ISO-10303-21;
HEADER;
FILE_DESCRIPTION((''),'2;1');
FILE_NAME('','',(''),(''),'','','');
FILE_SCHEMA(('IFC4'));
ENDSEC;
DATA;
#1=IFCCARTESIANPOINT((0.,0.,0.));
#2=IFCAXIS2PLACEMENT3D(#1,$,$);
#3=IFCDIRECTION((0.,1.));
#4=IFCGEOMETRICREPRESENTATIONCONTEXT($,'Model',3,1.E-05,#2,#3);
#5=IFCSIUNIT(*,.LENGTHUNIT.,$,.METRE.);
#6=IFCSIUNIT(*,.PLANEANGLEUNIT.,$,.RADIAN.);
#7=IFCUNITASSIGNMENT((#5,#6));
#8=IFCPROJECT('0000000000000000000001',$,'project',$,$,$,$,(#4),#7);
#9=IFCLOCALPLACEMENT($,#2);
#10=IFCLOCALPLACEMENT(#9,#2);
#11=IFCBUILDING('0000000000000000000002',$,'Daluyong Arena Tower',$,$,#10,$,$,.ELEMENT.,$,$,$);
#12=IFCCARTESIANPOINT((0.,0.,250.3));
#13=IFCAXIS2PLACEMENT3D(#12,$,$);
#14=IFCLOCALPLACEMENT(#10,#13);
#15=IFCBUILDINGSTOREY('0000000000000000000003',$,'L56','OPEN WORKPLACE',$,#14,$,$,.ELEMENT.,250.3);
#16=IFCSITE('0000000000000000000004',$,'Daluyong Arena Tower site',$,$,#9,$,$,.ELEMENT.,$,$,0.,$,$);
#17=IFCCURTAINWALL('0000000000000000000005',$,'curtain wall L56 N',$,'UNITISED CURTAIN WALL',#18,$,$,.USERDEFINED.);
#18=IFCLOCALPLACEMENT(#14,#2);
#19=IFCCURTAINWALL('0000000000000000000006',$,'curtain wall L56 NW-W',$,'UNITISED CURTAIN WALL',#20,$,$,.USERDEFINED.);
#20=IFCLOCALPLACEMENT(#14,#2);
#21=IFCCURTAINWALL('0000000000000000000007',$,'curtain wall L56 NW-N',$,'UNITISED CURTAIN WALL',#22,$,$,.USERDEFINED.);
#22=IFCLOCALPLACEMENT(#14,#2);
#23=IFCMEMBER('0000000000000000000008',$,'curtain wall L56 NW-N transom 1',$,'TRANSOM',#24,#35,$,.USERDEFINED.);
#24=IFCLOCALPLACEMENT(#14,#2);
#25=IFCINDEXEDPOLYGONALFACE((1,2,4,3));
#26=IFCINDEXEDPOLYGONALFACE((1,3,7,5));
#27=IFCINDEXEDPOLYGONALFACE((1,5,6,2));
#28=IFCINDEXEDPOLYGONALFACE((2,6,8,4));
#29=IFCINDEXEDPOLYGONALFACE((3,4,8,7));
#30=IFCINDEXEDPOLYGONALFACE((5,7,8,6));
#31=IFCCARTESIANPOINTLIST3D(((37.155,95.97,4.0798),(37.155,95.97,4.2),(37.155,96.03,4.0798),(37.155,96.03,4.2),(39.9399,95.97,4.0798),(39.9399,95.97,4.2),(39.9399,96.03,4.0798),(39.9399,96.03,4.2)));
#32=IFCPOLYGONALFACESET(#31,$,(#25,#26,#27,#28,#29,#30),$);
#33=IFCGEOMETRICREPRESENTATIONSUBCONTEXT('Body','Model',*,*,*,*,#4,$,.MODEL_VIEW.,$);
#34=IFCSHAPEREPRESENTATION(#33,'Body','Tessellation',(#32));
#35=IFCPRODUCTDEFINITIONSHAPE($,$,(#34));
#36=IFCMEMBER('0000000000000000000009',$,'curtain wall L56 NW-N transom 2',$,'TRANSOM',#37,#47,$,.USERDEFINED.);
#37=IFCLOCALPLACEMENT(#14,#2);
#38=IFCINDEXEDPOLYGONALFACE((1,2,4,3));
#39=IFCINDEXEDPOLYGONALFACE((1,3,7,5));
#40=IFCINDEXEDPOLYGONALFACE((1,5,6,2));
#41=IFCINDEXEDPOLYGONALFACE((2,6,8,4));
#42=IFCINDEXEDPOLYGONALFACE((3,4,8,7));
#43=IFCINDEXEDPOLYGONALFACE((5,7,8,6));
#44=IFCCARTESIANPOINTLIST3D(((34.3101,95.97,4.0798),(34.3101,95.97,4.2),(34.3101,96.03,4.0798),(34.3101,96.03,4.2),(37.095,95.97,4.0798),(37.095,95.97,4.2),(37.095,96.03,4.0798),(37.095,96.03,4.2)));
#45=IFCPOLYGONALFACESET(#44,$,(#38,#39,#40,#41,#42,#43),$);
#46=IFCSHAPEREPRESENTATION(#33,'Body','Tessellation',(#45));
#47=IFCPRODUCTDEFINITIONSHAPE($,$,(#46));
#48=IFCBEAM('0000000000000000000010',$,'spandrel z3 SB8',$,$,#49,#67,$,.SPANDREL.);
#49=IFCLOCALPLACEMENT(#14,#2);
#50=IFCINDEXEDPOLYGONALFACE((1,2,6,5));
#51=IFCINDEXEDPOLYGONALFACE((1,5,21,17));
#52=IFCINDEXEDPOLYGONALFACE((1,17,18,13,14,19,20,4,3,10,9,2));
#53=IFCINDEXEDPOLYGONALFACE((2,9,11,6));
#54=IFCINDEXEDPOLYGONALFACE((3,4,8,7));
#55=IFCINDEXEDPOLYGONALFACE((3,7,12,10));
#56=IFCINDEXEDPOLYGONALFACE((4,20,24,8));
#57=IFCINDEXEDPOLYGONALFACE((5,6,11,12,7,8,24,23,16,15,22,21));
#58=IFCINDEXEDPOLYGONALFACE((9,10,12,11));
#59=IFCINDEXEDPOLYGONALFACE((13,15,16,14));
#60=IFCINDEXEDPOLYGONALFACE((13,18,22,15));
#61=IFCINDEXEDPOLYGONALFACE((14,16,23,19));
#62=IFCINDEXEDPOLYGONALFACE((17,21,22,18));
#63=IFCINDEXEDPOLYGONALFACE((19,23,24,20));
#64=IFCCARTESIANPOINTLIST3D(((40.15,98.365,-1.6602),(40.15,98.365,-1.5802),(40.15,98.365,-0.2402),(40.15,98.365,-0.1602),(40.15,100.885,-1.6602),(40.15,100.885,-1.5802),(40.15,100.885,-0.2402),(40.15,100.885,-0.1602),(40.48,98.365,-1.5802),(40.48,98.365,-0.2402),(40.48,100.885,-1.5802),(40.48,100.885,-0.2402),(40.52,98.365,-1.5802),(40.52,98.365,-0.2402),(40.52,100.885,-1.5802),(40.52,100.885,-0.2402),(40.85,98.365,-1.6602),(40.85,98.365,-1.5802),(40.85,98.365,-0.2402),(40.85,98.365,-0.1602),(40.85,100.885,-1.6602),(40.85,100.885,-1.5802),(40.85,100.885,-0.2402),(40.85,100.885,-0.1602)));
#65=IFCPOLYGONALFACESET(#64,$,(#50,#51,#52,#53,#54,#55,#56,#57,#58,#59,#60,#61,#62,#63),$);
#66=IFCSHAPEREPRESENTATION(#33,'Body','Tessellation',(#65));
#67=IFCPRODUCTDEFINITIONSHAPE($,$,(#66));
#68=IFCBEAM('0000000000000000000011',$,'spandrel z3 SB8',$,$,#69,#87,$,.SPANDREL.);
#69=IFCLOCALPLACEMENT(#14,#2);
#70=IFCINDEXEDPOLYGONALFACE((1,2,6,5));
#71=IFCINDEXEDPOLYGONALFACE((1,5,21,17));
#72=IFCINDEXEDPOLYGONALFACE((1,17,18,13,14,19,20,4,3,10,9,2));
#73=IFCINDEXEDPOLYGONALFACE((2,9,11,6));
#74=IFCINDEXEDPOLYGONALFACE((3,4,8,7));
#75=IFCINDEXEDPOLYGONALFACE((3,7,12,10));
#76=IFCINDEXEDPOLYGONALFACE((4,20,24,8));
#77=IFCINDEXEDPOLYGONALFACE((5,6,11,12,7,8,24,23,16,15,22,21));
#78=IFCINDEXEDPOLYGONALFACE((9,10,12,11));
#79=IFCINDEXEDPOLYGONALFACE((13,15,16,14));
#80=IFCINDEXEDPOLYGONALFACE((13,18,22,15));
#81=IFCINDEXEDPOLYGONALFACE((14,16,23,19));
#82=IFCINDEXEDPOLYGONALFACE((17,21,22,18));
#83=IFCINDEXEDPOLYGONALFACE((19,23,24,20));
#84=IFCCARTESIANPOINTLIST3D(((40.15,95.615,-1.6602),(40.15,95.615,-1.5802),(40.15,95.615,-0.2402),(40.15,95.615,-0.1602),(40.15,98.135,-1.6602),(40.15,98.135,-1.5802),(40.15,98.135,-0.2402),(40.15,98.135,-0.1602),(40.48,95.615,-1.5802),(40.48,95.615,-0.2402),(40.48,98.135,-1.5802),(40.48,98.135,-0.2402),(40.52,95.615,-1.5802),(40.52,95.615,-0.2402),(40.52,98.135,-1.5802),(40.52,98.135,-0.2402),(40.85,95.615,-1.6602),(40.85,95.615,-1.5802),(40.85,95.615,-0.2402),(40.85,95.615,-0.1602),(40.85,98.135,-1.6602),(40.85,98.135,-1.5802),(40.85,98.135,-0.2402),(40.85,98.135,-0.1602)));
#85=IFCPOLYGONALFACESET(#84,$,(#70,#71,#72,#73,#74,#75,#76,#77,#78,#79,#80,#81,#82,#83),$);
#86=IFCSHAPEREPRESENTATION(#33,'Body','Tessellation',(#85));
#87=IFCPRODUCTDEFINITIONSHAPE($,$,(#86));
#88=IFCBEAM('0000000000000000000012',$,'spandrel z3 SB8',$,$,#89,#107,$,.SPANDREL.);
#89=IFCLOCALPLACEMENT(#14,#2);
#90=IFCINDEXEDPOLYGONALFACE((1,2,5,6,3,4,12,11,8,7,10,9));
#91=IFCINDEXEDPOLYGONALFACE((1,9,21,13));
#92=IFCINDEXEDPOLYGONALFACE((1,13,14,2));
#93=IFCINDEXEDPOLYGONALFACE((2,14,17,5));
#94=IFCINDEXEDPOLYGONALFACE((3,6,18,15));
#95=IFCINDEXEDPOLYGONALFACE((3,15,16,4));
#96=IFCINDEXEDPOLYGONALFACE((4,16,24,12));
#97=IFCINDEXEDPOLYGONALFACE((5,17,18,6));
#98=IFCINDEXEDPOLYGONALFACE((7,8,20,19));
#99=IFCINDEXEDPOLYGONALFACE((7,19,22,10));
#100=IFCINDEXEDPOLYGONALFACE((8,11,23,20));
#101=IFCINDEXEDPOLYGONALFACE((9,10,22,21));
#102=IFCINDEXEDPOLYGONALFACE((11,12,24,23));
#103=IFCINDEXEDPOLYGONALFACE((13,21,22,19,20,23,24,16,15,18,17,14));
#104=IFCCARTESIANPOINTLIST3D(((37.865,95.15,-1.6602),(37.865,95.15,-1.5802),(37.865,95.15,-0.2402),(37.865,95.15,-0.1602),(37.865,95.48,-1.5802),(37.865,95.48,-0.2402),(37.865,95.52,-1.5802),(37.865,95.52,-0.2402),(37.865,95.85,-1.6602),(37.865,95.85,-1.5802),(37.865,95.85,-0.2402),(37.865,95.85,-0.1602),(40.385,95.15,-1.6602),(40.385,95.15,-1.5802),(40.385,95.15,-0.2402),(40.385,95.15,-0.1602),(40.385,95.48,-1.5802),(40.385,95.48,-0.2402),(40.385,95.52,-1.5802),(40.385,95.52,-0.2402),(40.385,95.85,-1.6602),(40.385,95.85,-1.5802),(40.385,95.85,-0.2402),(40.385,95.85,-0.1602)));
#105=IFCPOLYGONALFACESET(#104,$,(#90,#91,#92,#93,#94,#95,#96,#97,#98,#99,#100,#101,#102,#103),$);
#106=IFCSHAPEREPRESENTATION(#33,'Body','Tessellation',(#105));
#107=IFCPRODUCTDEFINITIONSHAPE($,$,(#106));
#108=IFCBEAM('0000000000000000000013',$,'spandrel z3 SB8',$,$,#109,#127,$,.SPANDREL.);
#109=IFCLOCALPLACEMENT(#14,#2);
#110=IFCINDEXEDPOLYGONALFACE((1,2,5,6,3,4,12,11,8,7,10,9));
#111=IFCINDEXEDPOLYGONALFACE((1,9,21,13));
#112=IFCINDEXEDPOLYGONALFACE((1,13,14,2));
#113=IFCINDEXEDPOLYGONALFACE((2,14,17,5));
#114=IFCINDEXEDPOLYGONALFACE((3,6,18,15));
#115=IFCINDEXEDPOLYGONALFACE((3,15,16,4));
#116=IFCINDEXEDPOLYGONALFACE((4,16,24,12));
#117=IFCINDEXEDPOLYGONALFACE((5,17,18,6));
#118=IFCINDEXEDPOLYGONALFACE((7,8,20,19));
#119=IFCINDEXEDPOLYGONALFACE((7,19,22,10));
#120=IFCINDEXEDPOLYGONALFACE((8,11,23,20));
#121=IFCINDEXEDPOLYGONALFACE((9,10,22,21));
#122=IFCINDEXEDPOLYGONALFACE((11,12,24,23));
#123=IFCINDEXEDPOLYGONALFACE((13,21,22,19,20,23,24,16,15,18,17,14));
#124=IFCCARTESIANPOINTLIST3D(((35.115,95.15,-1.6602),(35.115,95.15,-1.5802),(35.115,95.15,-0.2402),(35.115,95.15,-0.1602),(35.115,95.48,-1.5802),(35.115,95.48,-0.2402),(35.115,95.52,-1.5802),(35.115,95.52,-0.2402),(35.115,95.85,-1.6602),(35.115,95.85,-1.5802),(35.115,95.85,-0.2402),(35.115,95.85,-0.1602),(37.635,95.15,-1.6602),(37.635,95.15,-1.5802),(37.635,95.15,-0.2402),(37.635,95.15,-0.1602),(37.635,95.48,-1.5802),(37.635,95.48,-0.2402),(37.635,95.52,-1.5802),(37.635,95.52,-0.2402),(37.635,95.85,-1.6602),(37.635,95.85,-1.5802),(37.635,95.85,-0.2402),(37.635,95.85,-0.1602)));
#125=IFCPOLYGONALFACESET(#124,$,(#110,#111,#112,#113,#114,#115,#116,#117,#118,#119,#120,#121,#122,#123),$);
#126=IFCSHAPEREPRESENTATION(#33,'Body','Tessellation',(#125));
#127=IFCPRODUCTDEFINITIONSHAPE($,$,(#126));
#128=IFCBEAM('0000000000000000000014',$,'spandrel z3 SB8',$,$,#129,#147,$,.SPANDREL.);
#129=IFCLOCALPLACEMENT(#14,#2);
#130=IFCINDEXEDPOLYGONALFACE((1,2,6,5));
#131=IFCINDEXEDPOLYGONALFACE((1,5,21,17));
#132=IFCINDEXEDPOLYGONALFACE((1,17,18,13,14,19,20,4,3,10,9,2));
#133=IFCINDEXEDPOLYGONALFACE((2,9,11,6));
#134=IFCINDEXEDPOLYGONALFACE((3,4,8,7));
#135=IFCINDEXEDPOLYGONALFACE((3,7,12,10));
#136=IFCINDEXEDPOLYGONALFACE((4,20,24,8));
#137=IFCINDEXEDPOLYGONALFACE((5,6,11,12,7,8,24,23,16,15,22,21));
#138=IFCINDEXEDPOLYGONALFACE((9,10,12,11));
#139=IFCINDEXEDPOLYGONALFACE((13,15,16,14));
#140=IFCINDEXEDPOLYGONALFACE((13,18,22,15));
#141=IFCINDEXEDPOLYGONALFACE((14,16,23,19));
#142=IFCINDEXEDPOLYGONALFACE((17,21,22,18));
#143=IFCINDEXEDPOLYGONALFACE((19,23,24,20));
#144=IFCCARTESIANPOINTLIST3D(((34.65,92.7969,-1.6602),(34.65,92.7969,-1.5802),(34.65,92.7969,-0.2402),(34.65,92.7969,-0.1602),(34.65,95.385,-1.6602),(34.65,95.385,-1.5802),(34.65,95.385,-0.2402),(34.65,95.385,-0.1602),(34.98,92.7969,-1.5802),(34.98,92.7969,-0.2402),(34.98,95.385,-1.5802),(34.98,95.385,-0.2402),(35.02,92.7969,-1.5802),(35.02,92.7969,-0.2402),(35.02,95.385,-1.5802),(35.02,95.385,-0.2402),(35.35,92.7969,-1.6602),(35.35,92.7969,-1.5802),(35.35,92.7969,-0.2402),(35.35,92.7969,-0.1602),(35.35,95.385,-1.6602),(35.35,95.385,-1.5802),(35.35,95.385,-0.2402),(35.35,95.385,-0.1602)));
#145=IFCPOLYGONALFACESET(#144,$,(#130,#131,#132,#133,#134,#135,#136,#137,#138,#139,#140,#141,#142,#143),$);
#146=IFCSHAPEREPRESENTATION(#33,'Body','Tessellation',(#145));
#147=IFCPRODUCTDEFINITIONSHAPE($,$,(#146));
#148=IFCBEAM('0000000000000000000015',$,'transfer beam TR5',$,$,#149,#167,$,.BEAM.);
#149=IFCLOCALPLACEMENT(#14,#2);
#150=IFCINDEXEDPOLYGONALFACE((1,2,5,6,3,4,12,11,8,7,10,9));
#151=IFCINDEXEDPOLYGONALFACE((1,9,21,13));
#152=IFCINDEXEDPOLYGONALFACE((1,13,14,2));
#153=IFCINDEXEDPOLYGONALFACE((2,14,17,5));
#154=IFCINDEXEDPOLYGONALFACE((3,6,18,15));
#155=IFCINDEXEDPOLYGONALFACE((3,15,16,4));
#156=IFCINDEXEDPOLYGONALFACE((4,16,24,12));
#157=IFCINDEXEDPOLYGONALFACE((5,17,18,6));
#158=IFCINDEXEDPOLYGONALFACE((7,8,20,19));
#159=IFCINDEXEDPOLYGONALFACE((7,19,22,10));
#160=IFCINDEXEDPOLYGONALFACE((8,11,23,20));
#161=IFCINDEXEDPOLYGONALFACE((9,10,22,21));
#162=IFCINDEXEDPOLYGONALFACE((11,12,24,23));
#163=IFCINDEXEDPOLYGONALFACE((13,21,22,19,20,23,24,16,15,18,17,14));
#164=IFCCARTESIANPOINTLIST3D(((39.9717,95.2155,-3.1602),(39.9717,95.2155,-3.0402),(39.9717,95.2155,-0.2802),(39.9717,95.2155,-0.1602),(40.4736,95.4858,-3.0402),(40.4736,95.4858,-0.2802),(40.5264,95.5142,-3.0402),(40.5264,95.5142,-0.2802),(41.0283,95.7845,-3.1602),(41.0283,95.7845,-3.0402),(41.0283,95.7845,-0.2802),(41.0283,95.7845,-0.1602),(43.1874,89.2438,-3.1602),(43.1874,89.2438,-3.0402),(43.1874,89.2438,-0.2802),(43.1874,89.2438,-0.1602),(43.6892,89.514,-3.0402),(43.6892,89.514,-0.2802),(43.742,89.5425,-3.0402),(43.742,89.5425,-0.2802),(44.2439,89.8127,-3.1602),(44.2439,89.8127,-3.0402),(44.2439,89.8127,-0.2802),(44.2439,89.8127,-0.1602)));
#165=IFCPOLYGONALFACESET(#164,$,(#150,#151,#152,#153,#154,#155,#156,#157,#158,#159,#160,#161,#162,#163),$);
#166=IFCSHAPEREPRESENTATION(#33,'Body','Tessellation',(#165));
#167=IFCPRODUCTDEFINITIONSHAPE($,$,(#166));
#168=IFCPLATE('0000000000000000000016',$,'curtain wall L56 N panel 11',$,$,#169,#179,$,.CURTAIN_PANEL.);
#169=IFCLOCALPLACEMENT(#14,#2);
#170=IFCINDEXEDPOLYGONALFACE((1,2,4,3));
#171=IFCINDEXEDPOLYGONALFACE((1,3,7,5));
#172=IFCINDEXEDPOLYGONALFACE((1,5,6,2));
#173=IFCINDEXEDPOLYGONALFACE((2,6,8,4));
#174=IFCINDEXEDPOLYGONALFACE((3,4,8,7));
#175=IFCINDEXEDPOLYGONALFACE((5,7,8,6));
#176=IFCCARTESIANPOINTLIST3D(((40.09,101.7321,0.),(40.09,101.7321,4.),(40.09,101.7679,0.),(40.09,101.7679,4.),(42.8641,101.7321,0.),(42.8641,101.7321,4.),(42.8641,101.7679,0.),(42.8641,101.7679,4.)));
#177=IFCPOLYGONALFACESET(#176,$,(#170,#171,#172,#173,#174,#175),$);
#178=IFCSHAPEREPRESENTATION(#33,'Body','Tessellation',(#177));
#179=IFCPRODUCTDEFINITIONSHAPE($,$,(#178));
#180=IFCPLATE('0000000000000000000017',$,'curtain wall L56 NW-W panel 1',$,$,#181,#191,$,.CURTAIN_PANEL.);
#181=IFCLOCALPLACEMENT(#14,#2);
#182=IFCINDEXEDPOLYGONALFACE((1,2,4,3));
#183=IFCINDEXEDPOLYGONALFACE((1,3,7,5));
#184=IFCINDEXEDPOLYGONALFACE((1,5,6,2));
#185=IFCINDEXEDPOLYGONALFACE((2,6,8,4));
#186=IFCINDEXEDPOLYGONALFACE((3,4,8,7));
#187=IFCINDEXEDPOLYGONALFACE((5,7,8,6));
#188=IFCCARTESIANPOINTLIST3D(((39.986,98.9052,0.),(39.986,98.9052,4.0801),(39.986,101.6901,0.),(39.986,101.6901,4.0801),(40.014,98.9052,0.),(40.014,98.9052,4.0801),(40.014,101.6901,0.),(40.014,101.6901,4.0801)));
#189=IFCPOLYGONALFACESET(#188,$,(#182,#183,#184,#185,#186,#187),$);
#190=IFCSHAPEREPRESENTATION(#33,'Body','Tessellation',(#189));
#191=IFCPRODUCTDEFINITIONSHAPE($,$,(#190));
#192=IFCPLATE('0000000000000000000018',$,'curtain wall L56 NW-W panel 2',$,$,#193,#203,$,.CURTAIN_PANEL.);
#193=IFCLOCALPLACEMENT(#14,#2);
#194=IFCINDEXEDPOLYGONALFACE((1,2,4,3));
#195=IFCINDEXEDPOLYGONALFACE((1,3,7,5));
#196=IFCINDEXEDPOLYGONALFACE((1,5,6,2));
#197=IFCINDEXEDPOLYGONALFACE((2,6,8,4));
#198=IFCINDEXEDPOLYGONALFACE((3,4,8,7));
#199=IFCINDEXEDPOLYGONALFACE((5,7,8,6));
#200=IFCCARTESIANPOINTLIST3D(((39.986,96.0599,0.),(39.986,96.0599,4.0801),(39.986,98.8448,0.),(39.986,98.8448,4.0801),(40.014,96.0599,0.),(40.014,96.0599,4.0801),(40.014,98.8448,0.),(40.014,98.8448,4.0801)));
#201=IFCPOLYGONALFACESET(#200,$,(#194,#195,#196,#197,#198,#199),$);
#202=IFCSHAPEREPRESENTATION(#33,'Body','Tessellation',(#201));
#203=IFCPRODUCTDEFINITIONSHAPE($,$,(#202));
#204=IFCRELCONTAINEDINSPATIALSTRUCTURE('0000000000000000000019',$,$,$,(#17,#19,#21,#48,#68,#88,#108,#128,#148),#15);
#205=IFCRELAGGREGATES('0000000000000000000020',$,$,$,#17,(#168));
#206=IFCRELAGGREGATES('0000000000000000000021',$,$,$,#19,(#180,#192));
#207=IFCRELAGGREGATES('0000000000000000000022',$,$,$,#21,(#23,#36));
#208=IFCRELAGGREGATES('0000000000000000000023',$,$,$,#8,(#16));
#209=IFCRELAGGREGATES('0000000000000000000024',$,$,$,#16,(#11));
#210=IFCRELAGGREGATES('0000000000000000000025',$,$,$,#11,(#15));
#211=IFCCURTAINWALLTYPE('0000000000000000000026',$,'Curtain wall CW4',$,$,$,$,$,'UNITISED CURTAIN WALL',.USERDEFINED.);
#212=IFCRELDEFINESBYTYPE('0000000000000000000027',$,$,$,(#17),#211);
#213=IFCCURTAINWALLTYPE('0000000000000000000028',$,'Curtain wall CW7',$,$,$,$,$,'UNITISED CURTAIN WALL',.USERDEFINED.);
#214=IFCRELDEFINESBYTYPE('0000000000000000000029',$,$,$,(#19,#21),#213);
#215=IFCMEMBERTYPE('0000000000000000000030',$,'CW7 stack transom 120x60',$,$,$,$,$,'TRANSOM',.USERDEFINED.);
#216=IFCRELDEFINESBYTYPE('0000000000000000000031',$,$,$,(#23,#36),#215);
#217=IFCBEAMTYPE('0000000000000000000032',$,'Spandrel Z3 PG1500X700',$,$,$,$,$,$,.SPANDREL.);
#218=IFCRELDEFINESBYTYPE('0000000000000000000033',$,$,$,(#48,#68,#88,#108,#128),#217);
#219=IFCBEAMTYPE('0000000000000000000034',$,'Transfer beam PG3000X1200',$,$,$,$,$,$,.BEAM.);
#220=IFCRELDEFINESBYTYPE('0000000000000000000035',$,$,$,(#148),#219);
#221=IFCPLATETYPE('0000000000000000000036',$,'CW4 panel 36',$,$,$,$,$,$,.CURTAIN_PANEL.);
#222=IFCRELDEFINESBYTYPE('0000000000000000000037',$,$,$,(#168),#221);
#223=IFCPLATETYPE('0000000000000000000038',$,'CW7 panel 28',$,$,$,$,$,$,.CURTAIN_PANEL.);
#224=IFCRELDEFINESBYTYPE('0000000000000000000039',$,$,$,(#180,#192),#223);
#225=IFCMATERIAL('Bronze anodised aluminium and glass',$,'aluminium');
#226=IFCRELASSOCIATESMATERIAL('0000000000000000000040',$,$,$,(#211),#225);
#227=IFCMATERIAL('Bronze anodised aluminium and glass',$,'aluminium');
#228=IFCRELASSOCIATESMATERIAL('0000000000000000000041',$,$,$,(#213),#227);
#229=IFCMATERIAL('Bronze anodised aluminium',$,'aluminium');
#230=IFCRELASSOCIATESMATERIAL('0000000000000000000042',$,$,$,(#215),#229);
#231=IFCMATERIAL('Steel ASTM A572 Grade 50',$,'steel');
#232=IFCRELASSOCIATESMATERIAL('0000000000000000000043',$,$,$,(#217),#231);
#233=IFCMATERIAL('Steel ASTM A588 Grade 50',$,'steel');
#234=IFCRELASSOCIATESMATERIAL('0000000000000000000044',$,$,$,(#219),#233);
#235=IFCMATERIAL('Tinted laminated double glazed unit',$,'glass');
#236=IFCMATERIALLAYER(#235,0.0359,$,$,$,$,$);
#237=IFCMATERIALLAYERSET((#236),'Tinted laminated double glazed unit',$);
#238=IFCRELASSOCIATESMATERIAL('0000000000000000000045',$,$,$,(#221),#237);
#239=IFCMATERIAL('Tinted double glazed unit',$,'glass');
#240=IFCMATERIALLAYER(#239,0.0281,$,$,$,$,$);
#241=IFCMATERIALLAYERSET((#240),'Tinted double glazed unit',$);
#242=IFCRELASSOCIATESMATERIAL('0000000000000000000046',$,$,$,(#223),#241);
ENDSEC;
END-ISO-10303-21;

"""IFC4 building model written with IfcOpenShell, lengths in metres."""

from ifc_helpers import new_model, si_unit, direction, frame, origin, origin_2d, place, context, subcontext, project, spatial, rectangle, i_section, extrude, material, layer, layer_set, material_profile, profile_set, type_object, element, aggregate, save


model = new_model("IFC4")

# Units and contexts
model_context = context("Model", 3, precision=1e-05, world=origin(), true_north=direction((0.0, 1.0)))
body_context = subcontext(model_context, "Body", "Model", "MODEL_VIEW")
ifc_project = project(units=[si_unit("LENGTHUNIT", "METRE"), si_unit("PLANEANGLEUNIT", "RADIAN")], contexts=[model_context])

# Site, building, storey
site_placement = place(None, origin())
site = spatial("IfcSite", under=ifc_project, at=site_placement, Name="Daluyong Arena Tower site", CompositionType="ELEMENT", RefElevation=0.0)
building_placement = place(site_placement, origin())
building = spatial("IfcBuilding", under=site, at=building_placement, Name="Daluyong Arena Tower", CompositionType="ELEMENT")
storey_placement = place(building_placement, frame((0.0, 0.0, 250.3)))
storey = spatial("IfcBuildingStorey", under=building, at=storey_placement, Name="L56", Description="OPEN WORKPLACE", CompositionType="ELEMENT", Elevation=250.3)

# Curtain wall
ifc_material_1 = material(Name="Bronze anodised aluminium and glass", Category="aluminium")
curtain_wall_type_1 = type_object("IfcCurtainWallType", Name="Curtain wall CW4", ElementType="UNITISED CURTAIN WALL", PredefinedType="USERDEFINED", material=ifc_material_1)
curtain_wall_1_placement = place(storey_placement, origin())
curtain_wall_1 = element("IfcCurtainWall", 1, at=curtain_wall_1_placement, inside=storey, type_object=curtain_wall_type_1, Name="curtain wall L56 N", ObjectType="UNITISED CURTAIN WALL", PredefinedType="USERDEFINED")

# Curtain walls
ifc_material_2 = material(Name="Bronze anodised aluminium and glass", Category="aluminium")
curtain_wall_type_2 = type_object("IfcCurtainWallType", Name="Curtain wall CW7", ElementType="UNITISED CURTAIN WALL", PredefinedType="USERDEFINED", material=ifc_material_2)
curtain_wall_2_placement = place(storey_placement, origin())
curtain_wall_2 = element("IfcCurtainWall", 2, at=curtain_wall_2_placement, inside=storey, type_object=curtain_wall_type_2, Name="curtain wall L56 NW-W", ObjectType="UNITISED CURTAIN WALL", PredefinedType="USERDEFINED")
curtain_wall_3_placement = place(storey_placement, origin())
curtain_wall_3 = element("IfcCurtainWall", 3, at=curtain_wall_3_placement, inside=storey, type_object=curtain_wall_type_2, Name="curtain wall L56 NW-N", ObjectType="UNITISED CURTAIN WALL", PredefinedType="USERDEFINED")

# Members
ifc_material_3 = material(Name="Bronze anodised aluminium", Category="aluminium")
ifc_material_profile_1 = material_profile(ifc_material_3, rectangle(XDim=0.0601, YDim=0.1201, at=origin_2d()))
ifc_profile_set_1 = profile_set([ifc_material_profile_1], Name="Bronze anodised aluminium")
member_type_1 = type_object("IfcMemberType", Name="CW7 stack transom 120x60", ElementType="TRANSOM", PredefinedType="USERDEFINED", material=ifc_profile_set_1)
member_1_placement = place(storey_placement, frame((39.9399, 96.0, 4.1399), z_axis=(-1.0, 0.0, 0.0), x_axis=(0.0, -1.0, 0.0)))
member_1 = element("IfcMember", 4, at=member_1_placement, type_object=member_type_1, Name="curtain wall L56 NW-N transom 1", ObjectType="TRANSOM", PredefinedType="USERDEFINED", context=body_context, shape_type="SweptSolid", body=[
    extrude(rectangle(XDim=0.0601, YDim=0.1201, at=origin_2d()), origin(), (0.0, 0.0, 1.0), 2.7849),
])
member_2_placement = place(storey_placement, frame((37.095, 96.0, 4.1399), z_axis=(-1.0, 0.0, 0.0), x_axis=(0.0, -1.0, 0.0)))
member_2 = element("IfcMember", 5, at=member_2_placement, type_object=member_type_1, Name="curtain wall L56 NW-N transom 2", ObjectType="TRANSOM", PredefinedType="USERDEFINED", context=body_context, shape_type="SweptSolid", body=[
    extrude(rectangle(XDim=0.0601, YDim=0.1201, at=origin_2d()), origin(), (0.0, 0.0, 1.0), 2.7849),
])

# Beams
ifc_material_4 = material(Name="Steel ASTM A572 Grade 50", Category="steel")
ifc_material_profile_2 = material_profile(ifc_material_4, i_section(OverallWidth=0.7, OverallDepth=1.5, WebThickness=0.04, FlangeThickness=0.08, at=origin_2d()))
ifc_profile_set_2 = profile_set([ifc_material_profile_2], Name="Steel ASTM A572 Grade 50")
beam_type_1 = type_object("IfcBeamType", Name="Spandrel Z3 PG1500X700", PredefinedType="SPANDREL", material=ifc_profile_set_2)
for number, where, z_axis, x_axis, name in (
    (6, (40.5, 100.885, -0.9102), (0.0, -1.0, 0.0), (1.0, 0.0, 0.0), "spandrel z3 SB8"),
    (7, (40.5, 98.135, -0.9102), (0.0, -1.0, 0.0), (1.0, 0.0, 0.0), "spandrel z3 SB8"),
    (8, (40.385, 95.5, -0.9102), (-1.0, 0.0, 0.0), (0.0, -1.0, 0.0), "spandrel z3 SB8"),
    (9, (37.635, 95.5, -0.9102), (-1.0, 0.0, 0.0), (0.0, -1.0, 0.0), "spandrel z3 SB8"),
):
    element("IfcBeam", number, at=place(storey_placement, frame(where, z_axis=z_axis, x_axis=x_axis)), inside=storey, type_object=beam_type_1, Name=name, PredefinedType="SPANDREL", context=body_context, shape_type="SweptSolid", body=[
        extrude(i_section(OverallWidth=0.7, OverallDepth=1.5, WebThickness=0.04, FlangeThickness=0.08, at=origin_2d()), origin(), (0.0, 0.0, 1.0), 2.52),
    ])
beam_1_placement = place(storey_placement, frame((35.0, 95.385, -0.9102), z_axis=(0.0, -1.0, 0.0), x_axis=(1.0, 0.0, 0.0)))
element("IfcBeam", 10, at=beam_1_placement, inside=storey, type_object=beam_type_1, Name="spandrel z3 SB8", PredefinedType="SPANDREL", context=body_context, shape_type="SweptSolid", body=[
    extrude(i_section(OverallWidth=0.7, OverallDepth=1.5, WebThickness=0.04, FlangeThickness=0.08, at=origin_2d()), origin(), (0.0, 0.0, 1.0), 2.5881),
])
ifc_material_5 = material(Name="Steel ASTM A588 Grade 50", Category="steel")
ifc_material_profile_3 = material_profile(ifc_material_5, i_section(OverallWidth=1.2, OverallDepth=3.0, WebThickness=0.06, FlangeThickness=0.12, at=origin_2d()))
ifc_profile_set_3 = profile_set([ifc_material_profile_3], Name="Steel ASTM A588 Grade 50")
beam_type_2 = type_object("IfcBeamType", Name="Transfer beam PG3000X1200", PredefinedType="BEAM", material=ifc_profile_set_3)
beam_2_placement = place(storey_placement, frame((40.5, 95.5, -1.6602), z_axis=(0.474106, -0.880468, 0.0), x_axis=(0.880468, 0.474106, 0.0)))
element("IfcBeam", 11, at=beam_2_placement, inside=storey, type_object=beam_type_2, Name="transfer beam TR5", PredefinedType="BEAM", context=body_context, shape_type="SweptSolid", body=[
    extrude(i_section(OverallWidth=1.2, OverallDepth=3.0, WebThickness=0.06, FlangeThickness=0.12, at=origin_2d()), origin(), (0.0, 0.0, 1.0), 6.7825),
])

# Plates
ifc_material_6 = material(Name="Tinted laminated double glazed unit", Category="glass")
ifc_layer_1 = layer(ifc_material_6, 0.0359)
ifc_layer_set_1 = layer_set([ifc_layer_1], Name="Tinted laminated double glazed unit")
plate_type_1 = type_object("IfcPlateType", Name="CW4 panel 36", PredefinedType="CURTAIN_PANEL", material=ifc_layer_set_1)
plate_1_placement = place(storey_placement, frame((41.4771, 101.75, 0.0), z_axis=(0.0, 0.0, 1.0), x_axis=(-1.0, 0.0, 0.0)))
plate_1 = element("IfcPlate", 12, at=plate_1_placement, type_object=plate_type_1, Name="curtain wall L56 N panel 11", PredefinedType="CURTAIN_PANEL", context=body_context, shape_type="SweptSolid", body=[
    extrude(rectangle(XDim=2.7742, YDim=0.0359, at=origin_2d()), origin(), (0.0, 0.0, 1.0), 4.0),
])
aggregate(curtain_wall_1, [plate_1])
ifc_material_7 = material(Name="Tinted double glazed unit", Category="glass")
ifc_layer_2 = layer(ifc_material_7, 0.0281)
ifc_layer_set_2 = layer_set([ifc_layer_2], Name="Tinted double glazed unit")
plate_type_2 = type_object("IfcPlateType", Name="CW7 panel 28", PredefinedType="CURTAIN_PANEL", material=ifc_layer_set_2)
plate_2_placement = place(storey_placement, frame((40.0, 100.2976, 0.0), z_axis=(0.0, 0.0, 1.0), x_axis=(0.0, -1.0, 0.0)))
plate_2 = element("IfcPlate", 13, at=plate_2_placement, type_object=plate_type_2, Name="curtain wall L56 NW-W panel 1", PredefinedType="CURTAIN_PANEL", context=body_context, shape_type="SweptSolid", body=[
    extrude(rectangle(XDim=2.7849, YDim=0.0281, at=origin_2d()), origin(), (0.0, 0.0, 1.0), 4.0801),
])
plate_3_placement = place(storey_placement, frame((40.0, 97.4524, 0.0), z_axis=(0.0, 0.0, 1.0), x_axis=(0.0, -1.0, 0.0)))
plate_3 = element("IfcPlate", 14, at=plate_3_placement, type_object=plate_type_2, Name="curtain wall L56 NW-W panel 2", PredefinedType="CURTAIN_PANEL", context=body_context, shape_type="SweptSolid", body=[
    extrude(rectangle(XDim=2.7849, YDim=0.0281, at=origin_2d()), origin(), (0.0, 0.0, 1.0), 4.0801),
])
aggregate(curtain_wall_2, [plate_2, plate_3])
aggregate(curtain_wall_3, [member_1, member_2])

save(model, "model.ifc")
